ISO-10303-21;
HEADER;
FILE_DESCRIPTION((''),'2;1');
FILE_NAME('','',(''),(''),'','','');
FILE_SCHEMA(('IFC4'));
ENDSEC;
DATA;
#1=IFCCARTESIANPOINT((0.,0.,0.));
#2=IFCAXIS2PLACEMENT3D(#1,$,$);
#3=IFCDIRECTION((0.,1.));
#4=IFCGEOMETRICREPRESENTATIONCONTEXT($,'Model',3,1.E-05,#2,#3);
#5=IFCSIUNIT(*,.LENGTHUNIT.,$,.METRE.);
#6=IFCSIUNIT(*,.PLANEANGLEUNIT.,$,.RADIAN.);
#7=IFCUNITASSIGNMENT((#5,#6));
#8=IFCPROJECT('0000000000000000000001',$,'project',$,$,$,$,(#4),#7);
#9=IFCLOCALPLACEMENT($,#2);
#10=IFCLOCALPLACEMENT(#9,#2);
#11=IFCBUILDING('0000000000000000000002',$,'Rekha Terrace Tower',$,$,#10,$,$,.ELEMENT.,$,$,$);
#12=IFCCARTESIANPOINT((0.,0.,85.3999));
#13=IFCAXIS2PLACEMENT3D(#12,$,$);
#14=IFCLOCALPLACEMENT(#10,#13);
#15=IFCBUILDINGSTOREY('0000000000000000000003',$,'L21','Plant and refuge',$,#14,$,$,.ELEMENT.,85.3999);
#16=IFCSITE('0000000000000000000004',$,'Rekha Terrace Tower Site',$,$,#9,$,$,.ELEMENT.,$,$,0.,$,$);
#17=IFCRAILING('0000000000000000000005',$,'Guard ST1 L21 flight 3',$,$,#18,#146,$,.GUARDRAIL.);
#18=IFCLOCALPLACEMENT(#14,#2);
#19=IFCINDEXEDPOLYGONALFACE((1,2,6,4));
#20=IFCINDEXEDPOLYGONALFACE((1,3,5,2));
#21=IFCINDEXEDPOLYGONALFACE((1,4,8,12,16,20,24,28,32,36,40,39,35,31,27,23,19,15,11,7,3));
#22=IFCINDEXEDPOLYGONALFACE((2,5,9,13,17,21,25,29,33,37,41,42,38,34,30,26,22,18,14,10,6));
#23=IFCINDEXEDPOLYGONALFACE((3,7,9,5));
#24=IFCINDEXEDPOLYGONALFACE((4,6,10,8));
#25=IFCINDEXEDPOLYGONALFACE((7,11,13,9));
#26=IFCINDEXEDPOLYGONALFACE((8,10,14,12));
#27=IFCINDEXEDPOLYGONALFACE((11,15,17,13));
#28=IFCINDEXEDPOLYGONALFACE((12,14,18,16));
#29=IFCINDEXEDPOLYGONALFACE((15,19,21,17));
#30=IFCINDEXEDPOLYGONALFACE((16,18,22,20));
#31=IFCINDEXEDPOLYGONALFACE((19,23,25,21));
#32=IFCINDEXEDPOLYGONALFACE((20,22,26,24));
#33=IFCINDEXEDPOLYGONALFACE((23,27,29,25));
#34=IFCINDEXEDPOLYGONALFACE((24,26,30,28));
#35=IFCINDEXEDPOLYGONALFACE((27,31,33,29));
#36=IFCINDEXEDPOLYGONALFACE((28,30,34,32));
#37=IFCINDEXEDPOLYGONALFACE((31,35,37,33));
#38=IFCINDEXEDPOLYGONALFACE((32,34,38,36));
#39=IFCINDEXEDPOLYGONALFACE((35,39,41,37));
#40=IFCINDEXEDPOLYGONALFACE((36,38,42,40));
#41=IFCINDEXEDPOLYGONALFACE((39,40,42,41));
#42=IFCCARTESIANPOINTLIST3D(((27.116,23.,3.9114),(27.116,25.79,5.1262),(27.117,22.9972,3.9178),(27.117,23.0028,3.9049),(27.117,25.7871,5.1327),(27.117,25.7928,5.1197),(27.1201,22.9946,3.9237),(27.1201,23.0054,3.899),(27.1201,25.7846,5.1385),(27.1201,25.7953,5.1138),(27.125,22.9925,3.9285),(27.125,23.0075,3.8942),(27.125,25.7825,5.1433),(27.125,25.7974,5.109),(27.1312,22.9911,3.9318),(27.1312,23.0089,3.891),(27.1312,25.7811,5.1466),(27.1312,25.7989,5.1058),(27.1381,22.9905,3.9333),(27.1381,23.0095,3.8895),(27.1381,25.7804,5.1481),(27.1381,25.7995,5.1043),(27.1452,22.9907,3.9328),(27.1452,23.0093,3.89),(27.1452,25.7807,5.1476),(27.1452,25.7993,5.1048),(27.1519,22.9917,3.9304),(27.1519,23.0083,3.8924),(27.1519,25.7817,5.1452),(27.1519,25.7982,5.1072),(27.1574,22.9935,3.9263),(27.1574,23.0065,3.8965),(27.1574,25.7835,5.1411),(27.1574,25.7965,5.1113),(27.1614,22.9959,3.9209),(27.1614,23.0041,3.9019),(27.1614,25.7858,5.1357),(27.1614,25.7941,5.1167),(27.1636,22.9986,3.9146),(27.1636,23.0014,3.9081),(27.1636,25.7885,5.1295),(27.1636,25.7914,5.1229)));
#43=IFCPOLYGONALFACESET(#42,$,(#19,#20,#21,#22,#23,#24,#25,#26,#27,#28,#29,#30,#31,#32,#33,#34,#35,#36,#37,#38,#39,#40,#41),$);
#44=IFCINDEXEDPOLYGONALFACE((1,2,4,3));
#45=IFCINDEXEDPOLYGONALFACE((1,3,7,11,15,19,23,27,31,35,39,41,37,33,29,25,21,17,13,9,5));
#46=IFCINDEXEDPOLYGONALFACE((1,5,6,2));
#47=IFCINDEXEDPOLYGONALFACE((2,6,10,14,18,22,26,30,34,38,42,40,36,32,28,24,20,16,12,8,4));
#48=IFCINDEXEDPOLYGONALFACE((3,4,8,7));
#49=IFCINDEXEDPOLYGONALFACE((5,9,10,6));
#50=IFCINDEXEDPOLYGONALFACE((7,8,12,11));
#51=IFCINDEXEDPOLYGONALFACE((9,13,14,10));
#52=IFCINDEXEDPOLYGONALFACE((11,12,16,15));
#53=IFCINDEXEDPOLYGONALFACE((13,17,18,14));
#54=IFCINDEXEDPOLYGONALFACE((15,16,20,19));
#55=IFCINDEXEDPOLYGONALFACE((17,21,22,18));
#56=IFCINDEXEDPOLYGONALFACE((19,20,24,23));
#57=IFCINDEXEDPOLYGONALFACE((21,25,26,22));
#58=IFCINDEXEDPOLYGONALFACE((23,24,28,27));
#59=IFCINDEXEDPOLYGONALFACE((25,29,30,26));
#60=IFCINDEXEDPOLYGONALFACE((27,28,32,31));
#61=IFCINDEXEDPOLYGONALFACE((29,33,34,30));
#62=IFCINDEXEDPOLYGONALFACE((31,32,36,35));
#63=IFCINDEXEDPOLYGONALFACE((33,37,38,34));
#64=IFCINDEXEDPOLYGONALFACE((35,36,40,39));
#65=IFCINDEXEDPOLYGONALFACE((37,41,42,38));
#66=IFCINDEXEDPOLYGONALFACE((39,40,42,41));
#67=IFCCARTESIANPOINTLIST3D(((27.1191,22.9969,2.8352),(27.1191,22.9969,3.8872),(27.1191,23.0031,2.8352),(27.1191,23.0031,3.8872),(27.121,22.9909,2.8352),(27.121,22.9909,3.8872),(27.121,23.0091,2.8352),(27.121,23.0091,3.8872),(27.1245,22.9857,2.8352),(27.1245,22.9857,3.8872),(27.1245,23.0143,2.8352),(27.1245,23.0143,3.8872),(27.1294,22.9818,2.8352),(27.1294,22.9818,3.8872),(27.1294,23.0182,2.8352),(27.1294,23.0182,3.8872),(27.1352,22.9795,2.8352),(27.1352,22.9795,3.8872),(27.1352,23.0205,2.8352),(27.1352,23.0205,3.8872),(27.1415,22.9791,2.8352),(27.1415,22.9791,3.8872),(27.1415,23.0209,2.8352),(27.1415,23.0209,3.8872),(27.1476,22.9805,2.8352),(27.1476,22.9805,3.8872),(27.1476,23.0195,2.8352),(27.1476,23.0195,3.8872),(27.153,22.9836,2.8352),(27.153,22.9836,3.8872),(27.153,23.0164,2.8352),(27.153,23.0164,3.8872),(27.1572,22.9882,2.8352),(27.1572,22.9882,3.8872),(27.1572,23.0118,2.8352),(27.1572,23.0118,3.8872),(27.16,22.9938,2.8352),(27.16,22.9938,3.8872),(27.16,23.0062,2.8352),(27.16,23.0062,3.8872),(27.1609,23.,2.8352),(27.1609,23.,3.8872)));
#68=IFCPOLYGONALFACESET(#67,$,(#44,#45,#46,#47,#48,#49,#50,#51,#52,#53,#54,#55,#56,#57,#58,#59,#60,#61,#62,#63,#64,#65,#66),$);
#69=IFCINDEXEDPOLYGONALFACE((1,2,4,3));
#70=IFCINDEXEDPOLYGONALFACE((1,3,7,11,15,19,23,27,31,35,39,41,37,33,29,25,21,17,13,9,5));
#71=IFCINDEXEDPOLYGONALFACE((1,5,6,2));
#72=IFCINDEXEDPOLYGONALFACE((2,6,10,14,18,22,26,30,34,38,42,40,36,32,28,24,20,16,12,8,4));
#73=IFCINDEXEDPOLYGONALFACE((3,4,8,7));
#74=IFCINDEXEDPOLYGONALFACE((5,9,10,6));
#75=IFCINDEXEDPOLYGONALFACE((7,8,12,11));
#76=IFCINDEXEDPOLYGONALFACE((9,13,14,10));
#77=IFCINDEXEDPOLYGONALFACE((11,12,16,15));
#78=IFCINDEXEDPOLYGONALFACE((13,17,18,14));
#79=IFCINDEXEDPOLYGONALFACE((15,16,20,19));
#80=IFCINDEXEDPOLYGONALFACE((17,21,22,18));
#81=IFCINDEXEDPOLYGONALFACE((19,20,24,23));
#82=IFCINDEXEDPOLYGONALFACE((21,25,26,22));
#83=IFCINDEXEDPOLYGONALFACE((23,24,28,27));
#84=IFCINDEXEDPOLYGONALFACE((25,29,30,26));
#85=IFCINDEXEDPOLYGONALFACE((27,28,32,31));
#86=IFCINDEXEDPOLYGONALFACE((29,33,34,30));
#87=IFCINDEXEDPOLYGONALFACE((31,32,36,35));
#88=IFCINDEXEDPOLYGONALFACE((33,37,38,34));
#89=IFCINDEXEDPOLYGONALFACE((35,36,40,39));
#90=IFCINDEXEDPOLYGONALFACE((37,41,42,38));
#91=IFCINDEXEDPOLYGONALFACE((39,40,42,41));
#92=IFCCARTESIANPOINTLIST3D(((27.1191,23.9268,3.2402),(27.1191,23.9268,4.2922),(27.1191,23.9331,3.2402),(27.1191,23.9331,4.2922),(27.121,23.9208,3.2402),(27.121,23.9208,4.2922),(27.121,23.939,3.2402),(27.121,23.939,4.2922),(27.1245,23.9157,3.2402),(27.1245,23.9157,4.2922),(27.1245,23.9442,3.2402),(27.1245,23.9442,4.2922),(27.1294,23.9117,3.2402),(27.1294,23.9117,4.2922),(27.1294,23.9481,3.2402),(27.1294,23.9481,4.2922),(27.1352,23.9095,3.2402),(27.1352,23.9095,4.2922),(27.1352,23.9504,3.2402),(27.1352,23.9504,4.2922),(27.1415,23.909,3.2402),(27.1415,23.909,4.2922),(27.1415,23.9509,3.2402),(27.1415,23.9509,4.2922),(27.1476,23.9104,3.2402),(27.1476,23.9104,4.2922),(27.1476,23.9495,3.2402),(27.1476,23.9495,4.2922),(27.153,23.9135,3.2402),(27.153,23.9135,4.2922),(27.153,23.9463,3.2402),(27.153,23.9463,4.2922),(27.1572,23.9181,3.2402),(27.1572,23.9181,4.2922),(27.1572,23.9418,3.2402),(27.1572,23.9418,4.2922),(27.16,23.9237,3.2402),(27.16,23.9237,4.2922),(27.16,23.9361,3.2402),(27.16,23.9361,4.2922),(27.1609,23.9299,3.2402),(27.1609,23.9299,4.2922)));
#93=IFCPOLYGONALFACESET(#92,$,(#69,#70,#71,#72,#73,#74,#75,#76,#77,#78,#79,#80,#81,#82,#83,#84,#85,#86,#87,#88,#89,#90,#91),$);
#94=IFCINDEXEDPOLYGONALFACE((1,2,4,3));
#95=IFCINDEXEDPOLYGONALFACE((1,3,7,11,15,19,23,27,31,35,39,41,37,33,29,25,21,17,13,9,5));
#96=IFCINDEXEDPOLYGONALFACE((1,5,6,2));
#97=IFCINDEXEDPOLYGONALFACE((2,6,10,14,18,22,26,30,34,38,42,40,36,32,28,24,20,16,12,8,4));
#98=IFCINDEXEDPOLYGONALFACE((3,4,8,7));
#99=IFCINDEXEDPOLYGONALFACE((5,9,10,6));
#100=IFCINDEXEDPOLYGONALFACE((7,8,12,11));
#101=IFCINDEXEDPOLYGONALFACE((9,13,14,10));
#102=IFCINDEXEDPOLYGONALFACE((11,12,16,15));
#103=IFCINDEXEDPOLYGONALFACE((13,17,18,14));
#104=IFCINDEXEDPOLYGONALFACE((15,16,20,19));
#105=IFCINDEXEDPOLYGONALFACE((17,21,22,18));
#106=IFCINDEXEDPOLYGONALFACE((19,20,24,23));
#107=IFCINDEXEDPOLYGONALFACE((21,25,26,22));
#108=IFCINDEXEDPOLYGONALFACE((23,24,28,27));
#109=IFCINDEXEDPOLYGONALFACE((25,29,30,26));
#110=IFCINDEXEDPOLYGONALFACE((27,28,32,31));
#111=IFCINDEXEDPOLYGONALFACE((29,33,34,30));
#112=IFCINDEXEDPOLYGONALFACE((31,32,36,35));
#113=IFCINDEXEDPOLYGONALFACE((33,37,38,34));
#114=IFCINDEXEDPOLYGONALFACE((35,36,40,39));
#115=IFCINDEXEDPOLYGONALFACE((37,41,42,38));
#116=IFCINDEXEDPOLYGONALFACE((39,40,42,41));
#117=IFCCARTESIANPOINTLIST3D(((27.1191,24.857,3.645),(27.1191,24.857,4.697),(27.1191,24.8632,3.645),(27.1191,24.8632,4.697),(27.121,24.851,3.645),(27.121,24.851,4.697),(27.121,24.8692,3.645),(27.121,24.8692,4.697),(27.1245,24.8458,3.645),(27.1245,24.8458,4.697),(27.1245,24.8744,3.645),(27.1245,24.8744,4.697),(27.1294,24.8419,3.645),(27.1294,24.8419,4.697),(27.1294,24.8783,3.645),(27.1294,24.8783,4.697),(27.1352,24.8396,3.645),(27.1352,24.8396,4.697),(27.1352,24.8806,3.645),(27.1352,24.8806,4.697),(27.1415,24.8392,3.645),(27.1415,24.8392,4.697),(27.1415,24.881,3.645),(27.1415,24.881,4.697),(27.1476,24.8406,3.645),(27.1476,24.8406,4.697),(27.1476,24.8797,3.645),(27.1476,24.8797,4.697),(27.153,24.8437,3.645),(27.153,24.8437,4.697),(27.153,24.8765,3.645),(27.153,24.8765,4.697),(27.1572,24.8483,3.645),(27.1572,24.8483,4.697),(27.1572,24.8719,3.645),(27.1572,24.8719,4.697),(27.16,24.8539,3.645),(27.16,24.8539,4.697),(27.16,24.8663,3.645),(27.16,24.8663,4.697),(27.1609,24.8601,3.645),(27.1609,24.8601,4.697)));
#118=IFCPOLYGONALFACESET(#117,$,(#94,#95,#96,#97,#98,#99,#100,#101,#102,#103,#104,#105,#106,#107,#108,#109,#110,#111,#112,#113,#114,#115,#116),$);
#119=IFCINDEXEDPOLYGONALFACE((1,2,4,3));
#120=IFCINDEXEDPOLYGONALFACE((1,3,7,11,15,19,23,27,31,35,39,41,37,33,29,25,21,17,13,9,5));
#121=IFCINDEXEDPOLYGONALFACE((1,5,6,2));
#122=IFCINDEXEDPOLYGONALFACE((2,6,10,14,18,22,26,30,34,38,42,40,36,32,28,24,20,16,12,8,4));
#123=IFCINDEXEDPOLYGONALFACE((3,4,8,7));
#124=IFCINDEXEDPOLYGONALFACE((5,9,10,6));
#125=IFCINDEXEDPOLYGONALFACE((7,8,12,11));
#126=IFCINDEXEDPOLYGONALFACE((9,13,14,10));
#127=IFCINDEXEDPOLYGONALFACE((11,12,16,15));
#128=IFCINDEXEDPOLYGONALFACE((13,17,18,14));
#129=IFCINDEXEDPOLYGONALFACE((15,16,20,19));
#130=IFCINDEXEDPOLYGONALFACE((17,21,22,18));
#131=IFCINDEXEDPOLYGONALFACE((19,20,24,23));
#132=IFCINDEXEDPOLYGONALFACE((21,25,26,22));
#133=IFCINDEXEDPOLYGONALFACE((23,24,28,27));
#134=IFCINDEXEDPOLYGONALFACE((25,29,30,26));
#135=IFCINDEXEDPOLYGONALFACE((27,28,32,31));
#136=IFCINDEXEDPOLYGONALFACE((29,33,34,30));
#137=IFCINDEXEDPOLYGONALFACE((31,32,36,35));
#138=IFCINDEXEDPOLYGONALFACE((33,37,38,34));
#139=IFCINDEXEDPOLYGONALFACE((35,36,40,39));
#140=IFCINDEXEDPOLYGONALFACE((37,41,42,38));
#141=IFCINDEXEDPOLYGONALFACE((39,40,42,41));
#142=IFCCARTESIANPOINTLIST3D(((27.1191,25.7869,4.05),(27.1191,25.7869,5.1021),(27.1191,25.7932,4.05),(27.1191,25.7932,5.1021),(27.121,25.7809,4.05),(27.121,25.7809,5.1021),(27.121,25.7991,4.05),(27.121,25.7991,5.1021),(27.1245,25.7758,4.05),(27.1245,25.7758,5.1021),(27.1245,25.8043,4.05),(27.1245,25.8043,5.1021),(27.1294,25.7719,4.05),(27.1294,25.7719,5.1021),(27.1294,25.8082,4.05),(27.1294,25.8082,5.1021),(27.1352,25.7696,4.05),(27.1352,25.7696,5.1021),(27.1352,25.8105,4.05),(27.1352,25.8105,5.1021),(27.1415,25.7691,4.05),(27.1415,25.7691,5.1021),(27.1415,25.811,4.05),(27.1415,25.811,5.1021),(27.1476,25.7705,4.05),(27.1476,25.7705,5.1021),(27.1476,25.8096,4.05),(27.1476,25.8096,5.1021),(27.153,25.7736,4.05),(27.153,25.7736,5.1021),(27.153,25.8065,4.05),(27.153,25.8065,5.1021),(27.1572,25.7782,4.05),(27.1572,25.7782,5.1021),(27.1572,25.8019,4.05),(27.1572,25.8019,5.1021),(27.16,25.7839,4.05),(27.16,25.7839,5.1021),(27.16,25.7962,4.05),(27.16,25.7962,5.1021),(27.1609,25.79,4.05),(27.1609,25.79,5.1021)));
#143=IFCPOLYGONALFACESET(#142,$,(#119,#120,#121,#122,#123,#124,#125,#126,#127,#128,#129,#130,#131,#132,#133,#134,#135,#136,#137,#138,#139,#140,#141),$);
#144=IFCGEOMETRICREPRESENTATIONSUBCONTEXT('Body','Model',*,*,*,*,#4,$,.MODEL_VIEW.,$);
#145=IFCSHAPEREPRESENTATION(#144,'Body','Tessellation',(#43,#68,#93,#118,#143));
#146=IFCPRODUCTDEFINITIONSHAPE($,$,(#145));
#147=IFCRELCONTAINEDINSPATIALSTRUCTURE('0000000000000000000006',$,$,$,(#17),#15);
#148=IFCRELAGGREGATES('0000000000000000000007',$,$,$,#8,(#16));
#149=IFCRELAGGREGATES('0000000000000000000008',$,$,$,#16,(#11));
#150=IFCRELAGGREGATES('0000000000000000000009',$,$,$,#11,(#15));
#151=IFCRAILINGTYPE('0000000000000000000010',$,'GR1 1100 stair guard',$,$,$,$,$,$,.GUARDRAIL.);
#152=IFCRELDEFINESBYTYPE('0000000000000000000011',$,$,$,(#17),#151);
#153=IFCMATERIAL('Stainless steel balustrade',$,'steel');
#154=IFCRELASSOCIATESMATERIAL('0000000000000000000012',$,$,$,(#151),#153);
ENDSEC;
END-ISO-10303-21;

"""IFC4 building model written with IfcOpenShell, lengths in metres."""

from ifc_helpers import new_model, si_unit, direction, frame, origin, origin_2d, place, context, subcontext, project, spatial, circle, extrude, material, type_object, element, save


model = new_model("IFC4")

# Units and contexts
model_context = context("Model", 3, precision=1e-05, world=origin(), true_north=direction((0.0, 1.0)))
body_context = subcontext(model_context, "Body", "Model", "MODEL_VIEW")
ifc_project = project(units=[si_unit("LENGTHUNIT", "METRE"), si_unit("PLANEANGLEUNIT", "RADIAN")], contexts=[model_context])

# Site, building, storey
site_placement = place(None, origin())
site = spatial("IfcSite", under=ifc_project, at=site_placement, Name="Rekha Terrace Tower Site", CompositionType="ELEMENT", RefElevation=0.0)
building_placement = place(site_placement, origin())
building = spatial("IfcBuilding", under=site, at=building_placement, Name="Rekha Terrace Tower", CompositionType="ELEMENT")
storey_placement = place(building_placement, frame((0.0, 0.0, 85.3999)))
storey = spatial("IfcBuildingStorey", under=building, at=storey_placement, Name="L21", Description="Plant and refuge", CompositionType="ELEMENT", Elevation=85.3999)

# Railing
ifc_material_1 = material(Name="Stainless steel balustrade", Category="steel")
railing_type_1 = type_object("IfcRailingType", Name="GR1 1100 stair guard", PredefinedType="GUARDRAIL", material=ifc_material_1)
railing_1_placement = place(storey_placement, frame((27.1399, 23.0, 2.8352)))
element("IfcRailing", 1, at=railing_1_placement, inside=storey, type_object=railing_type_1, Name="Guard ST1 L21 flight 3", PredefinedType="GUARDRAIL", context=body_context, shape_type="SweptSolid", body=[
    extrude(circle(Radius=0.0239, at=origin_2d()), frame((0.0, 0.0, 1.0762), z_axis=(0.0, 0.916856, 0.399219), x_axis=(-1.0, 0.0, 0.0)), (0.0, 0.0, 1.0), 3.043),
    extrude(circle(Radius=0.021, at=origin_2d()), origin(), (0.0, 0.0, 1.0), 1.052),
    extrude(circle(Radius=0.021, at=origin_2d()), frame((0.0, 0.9299, 0.405)), (0.0, 0.0, 1.0), 1.052),
    extrude(circle(Radius=0.021, at=origin_2d()), frame((0.0, 1.8601, 0.8098)), (0.0, 0.0, 1.0), 1.052),
    extrude(circle(Radius=0.021, at=origin_2d()), frame((0.0, 2.79, 1.2148)), (0.0, 0.0, 1.0), 1.052),
])

save(model, "model.ifc")
